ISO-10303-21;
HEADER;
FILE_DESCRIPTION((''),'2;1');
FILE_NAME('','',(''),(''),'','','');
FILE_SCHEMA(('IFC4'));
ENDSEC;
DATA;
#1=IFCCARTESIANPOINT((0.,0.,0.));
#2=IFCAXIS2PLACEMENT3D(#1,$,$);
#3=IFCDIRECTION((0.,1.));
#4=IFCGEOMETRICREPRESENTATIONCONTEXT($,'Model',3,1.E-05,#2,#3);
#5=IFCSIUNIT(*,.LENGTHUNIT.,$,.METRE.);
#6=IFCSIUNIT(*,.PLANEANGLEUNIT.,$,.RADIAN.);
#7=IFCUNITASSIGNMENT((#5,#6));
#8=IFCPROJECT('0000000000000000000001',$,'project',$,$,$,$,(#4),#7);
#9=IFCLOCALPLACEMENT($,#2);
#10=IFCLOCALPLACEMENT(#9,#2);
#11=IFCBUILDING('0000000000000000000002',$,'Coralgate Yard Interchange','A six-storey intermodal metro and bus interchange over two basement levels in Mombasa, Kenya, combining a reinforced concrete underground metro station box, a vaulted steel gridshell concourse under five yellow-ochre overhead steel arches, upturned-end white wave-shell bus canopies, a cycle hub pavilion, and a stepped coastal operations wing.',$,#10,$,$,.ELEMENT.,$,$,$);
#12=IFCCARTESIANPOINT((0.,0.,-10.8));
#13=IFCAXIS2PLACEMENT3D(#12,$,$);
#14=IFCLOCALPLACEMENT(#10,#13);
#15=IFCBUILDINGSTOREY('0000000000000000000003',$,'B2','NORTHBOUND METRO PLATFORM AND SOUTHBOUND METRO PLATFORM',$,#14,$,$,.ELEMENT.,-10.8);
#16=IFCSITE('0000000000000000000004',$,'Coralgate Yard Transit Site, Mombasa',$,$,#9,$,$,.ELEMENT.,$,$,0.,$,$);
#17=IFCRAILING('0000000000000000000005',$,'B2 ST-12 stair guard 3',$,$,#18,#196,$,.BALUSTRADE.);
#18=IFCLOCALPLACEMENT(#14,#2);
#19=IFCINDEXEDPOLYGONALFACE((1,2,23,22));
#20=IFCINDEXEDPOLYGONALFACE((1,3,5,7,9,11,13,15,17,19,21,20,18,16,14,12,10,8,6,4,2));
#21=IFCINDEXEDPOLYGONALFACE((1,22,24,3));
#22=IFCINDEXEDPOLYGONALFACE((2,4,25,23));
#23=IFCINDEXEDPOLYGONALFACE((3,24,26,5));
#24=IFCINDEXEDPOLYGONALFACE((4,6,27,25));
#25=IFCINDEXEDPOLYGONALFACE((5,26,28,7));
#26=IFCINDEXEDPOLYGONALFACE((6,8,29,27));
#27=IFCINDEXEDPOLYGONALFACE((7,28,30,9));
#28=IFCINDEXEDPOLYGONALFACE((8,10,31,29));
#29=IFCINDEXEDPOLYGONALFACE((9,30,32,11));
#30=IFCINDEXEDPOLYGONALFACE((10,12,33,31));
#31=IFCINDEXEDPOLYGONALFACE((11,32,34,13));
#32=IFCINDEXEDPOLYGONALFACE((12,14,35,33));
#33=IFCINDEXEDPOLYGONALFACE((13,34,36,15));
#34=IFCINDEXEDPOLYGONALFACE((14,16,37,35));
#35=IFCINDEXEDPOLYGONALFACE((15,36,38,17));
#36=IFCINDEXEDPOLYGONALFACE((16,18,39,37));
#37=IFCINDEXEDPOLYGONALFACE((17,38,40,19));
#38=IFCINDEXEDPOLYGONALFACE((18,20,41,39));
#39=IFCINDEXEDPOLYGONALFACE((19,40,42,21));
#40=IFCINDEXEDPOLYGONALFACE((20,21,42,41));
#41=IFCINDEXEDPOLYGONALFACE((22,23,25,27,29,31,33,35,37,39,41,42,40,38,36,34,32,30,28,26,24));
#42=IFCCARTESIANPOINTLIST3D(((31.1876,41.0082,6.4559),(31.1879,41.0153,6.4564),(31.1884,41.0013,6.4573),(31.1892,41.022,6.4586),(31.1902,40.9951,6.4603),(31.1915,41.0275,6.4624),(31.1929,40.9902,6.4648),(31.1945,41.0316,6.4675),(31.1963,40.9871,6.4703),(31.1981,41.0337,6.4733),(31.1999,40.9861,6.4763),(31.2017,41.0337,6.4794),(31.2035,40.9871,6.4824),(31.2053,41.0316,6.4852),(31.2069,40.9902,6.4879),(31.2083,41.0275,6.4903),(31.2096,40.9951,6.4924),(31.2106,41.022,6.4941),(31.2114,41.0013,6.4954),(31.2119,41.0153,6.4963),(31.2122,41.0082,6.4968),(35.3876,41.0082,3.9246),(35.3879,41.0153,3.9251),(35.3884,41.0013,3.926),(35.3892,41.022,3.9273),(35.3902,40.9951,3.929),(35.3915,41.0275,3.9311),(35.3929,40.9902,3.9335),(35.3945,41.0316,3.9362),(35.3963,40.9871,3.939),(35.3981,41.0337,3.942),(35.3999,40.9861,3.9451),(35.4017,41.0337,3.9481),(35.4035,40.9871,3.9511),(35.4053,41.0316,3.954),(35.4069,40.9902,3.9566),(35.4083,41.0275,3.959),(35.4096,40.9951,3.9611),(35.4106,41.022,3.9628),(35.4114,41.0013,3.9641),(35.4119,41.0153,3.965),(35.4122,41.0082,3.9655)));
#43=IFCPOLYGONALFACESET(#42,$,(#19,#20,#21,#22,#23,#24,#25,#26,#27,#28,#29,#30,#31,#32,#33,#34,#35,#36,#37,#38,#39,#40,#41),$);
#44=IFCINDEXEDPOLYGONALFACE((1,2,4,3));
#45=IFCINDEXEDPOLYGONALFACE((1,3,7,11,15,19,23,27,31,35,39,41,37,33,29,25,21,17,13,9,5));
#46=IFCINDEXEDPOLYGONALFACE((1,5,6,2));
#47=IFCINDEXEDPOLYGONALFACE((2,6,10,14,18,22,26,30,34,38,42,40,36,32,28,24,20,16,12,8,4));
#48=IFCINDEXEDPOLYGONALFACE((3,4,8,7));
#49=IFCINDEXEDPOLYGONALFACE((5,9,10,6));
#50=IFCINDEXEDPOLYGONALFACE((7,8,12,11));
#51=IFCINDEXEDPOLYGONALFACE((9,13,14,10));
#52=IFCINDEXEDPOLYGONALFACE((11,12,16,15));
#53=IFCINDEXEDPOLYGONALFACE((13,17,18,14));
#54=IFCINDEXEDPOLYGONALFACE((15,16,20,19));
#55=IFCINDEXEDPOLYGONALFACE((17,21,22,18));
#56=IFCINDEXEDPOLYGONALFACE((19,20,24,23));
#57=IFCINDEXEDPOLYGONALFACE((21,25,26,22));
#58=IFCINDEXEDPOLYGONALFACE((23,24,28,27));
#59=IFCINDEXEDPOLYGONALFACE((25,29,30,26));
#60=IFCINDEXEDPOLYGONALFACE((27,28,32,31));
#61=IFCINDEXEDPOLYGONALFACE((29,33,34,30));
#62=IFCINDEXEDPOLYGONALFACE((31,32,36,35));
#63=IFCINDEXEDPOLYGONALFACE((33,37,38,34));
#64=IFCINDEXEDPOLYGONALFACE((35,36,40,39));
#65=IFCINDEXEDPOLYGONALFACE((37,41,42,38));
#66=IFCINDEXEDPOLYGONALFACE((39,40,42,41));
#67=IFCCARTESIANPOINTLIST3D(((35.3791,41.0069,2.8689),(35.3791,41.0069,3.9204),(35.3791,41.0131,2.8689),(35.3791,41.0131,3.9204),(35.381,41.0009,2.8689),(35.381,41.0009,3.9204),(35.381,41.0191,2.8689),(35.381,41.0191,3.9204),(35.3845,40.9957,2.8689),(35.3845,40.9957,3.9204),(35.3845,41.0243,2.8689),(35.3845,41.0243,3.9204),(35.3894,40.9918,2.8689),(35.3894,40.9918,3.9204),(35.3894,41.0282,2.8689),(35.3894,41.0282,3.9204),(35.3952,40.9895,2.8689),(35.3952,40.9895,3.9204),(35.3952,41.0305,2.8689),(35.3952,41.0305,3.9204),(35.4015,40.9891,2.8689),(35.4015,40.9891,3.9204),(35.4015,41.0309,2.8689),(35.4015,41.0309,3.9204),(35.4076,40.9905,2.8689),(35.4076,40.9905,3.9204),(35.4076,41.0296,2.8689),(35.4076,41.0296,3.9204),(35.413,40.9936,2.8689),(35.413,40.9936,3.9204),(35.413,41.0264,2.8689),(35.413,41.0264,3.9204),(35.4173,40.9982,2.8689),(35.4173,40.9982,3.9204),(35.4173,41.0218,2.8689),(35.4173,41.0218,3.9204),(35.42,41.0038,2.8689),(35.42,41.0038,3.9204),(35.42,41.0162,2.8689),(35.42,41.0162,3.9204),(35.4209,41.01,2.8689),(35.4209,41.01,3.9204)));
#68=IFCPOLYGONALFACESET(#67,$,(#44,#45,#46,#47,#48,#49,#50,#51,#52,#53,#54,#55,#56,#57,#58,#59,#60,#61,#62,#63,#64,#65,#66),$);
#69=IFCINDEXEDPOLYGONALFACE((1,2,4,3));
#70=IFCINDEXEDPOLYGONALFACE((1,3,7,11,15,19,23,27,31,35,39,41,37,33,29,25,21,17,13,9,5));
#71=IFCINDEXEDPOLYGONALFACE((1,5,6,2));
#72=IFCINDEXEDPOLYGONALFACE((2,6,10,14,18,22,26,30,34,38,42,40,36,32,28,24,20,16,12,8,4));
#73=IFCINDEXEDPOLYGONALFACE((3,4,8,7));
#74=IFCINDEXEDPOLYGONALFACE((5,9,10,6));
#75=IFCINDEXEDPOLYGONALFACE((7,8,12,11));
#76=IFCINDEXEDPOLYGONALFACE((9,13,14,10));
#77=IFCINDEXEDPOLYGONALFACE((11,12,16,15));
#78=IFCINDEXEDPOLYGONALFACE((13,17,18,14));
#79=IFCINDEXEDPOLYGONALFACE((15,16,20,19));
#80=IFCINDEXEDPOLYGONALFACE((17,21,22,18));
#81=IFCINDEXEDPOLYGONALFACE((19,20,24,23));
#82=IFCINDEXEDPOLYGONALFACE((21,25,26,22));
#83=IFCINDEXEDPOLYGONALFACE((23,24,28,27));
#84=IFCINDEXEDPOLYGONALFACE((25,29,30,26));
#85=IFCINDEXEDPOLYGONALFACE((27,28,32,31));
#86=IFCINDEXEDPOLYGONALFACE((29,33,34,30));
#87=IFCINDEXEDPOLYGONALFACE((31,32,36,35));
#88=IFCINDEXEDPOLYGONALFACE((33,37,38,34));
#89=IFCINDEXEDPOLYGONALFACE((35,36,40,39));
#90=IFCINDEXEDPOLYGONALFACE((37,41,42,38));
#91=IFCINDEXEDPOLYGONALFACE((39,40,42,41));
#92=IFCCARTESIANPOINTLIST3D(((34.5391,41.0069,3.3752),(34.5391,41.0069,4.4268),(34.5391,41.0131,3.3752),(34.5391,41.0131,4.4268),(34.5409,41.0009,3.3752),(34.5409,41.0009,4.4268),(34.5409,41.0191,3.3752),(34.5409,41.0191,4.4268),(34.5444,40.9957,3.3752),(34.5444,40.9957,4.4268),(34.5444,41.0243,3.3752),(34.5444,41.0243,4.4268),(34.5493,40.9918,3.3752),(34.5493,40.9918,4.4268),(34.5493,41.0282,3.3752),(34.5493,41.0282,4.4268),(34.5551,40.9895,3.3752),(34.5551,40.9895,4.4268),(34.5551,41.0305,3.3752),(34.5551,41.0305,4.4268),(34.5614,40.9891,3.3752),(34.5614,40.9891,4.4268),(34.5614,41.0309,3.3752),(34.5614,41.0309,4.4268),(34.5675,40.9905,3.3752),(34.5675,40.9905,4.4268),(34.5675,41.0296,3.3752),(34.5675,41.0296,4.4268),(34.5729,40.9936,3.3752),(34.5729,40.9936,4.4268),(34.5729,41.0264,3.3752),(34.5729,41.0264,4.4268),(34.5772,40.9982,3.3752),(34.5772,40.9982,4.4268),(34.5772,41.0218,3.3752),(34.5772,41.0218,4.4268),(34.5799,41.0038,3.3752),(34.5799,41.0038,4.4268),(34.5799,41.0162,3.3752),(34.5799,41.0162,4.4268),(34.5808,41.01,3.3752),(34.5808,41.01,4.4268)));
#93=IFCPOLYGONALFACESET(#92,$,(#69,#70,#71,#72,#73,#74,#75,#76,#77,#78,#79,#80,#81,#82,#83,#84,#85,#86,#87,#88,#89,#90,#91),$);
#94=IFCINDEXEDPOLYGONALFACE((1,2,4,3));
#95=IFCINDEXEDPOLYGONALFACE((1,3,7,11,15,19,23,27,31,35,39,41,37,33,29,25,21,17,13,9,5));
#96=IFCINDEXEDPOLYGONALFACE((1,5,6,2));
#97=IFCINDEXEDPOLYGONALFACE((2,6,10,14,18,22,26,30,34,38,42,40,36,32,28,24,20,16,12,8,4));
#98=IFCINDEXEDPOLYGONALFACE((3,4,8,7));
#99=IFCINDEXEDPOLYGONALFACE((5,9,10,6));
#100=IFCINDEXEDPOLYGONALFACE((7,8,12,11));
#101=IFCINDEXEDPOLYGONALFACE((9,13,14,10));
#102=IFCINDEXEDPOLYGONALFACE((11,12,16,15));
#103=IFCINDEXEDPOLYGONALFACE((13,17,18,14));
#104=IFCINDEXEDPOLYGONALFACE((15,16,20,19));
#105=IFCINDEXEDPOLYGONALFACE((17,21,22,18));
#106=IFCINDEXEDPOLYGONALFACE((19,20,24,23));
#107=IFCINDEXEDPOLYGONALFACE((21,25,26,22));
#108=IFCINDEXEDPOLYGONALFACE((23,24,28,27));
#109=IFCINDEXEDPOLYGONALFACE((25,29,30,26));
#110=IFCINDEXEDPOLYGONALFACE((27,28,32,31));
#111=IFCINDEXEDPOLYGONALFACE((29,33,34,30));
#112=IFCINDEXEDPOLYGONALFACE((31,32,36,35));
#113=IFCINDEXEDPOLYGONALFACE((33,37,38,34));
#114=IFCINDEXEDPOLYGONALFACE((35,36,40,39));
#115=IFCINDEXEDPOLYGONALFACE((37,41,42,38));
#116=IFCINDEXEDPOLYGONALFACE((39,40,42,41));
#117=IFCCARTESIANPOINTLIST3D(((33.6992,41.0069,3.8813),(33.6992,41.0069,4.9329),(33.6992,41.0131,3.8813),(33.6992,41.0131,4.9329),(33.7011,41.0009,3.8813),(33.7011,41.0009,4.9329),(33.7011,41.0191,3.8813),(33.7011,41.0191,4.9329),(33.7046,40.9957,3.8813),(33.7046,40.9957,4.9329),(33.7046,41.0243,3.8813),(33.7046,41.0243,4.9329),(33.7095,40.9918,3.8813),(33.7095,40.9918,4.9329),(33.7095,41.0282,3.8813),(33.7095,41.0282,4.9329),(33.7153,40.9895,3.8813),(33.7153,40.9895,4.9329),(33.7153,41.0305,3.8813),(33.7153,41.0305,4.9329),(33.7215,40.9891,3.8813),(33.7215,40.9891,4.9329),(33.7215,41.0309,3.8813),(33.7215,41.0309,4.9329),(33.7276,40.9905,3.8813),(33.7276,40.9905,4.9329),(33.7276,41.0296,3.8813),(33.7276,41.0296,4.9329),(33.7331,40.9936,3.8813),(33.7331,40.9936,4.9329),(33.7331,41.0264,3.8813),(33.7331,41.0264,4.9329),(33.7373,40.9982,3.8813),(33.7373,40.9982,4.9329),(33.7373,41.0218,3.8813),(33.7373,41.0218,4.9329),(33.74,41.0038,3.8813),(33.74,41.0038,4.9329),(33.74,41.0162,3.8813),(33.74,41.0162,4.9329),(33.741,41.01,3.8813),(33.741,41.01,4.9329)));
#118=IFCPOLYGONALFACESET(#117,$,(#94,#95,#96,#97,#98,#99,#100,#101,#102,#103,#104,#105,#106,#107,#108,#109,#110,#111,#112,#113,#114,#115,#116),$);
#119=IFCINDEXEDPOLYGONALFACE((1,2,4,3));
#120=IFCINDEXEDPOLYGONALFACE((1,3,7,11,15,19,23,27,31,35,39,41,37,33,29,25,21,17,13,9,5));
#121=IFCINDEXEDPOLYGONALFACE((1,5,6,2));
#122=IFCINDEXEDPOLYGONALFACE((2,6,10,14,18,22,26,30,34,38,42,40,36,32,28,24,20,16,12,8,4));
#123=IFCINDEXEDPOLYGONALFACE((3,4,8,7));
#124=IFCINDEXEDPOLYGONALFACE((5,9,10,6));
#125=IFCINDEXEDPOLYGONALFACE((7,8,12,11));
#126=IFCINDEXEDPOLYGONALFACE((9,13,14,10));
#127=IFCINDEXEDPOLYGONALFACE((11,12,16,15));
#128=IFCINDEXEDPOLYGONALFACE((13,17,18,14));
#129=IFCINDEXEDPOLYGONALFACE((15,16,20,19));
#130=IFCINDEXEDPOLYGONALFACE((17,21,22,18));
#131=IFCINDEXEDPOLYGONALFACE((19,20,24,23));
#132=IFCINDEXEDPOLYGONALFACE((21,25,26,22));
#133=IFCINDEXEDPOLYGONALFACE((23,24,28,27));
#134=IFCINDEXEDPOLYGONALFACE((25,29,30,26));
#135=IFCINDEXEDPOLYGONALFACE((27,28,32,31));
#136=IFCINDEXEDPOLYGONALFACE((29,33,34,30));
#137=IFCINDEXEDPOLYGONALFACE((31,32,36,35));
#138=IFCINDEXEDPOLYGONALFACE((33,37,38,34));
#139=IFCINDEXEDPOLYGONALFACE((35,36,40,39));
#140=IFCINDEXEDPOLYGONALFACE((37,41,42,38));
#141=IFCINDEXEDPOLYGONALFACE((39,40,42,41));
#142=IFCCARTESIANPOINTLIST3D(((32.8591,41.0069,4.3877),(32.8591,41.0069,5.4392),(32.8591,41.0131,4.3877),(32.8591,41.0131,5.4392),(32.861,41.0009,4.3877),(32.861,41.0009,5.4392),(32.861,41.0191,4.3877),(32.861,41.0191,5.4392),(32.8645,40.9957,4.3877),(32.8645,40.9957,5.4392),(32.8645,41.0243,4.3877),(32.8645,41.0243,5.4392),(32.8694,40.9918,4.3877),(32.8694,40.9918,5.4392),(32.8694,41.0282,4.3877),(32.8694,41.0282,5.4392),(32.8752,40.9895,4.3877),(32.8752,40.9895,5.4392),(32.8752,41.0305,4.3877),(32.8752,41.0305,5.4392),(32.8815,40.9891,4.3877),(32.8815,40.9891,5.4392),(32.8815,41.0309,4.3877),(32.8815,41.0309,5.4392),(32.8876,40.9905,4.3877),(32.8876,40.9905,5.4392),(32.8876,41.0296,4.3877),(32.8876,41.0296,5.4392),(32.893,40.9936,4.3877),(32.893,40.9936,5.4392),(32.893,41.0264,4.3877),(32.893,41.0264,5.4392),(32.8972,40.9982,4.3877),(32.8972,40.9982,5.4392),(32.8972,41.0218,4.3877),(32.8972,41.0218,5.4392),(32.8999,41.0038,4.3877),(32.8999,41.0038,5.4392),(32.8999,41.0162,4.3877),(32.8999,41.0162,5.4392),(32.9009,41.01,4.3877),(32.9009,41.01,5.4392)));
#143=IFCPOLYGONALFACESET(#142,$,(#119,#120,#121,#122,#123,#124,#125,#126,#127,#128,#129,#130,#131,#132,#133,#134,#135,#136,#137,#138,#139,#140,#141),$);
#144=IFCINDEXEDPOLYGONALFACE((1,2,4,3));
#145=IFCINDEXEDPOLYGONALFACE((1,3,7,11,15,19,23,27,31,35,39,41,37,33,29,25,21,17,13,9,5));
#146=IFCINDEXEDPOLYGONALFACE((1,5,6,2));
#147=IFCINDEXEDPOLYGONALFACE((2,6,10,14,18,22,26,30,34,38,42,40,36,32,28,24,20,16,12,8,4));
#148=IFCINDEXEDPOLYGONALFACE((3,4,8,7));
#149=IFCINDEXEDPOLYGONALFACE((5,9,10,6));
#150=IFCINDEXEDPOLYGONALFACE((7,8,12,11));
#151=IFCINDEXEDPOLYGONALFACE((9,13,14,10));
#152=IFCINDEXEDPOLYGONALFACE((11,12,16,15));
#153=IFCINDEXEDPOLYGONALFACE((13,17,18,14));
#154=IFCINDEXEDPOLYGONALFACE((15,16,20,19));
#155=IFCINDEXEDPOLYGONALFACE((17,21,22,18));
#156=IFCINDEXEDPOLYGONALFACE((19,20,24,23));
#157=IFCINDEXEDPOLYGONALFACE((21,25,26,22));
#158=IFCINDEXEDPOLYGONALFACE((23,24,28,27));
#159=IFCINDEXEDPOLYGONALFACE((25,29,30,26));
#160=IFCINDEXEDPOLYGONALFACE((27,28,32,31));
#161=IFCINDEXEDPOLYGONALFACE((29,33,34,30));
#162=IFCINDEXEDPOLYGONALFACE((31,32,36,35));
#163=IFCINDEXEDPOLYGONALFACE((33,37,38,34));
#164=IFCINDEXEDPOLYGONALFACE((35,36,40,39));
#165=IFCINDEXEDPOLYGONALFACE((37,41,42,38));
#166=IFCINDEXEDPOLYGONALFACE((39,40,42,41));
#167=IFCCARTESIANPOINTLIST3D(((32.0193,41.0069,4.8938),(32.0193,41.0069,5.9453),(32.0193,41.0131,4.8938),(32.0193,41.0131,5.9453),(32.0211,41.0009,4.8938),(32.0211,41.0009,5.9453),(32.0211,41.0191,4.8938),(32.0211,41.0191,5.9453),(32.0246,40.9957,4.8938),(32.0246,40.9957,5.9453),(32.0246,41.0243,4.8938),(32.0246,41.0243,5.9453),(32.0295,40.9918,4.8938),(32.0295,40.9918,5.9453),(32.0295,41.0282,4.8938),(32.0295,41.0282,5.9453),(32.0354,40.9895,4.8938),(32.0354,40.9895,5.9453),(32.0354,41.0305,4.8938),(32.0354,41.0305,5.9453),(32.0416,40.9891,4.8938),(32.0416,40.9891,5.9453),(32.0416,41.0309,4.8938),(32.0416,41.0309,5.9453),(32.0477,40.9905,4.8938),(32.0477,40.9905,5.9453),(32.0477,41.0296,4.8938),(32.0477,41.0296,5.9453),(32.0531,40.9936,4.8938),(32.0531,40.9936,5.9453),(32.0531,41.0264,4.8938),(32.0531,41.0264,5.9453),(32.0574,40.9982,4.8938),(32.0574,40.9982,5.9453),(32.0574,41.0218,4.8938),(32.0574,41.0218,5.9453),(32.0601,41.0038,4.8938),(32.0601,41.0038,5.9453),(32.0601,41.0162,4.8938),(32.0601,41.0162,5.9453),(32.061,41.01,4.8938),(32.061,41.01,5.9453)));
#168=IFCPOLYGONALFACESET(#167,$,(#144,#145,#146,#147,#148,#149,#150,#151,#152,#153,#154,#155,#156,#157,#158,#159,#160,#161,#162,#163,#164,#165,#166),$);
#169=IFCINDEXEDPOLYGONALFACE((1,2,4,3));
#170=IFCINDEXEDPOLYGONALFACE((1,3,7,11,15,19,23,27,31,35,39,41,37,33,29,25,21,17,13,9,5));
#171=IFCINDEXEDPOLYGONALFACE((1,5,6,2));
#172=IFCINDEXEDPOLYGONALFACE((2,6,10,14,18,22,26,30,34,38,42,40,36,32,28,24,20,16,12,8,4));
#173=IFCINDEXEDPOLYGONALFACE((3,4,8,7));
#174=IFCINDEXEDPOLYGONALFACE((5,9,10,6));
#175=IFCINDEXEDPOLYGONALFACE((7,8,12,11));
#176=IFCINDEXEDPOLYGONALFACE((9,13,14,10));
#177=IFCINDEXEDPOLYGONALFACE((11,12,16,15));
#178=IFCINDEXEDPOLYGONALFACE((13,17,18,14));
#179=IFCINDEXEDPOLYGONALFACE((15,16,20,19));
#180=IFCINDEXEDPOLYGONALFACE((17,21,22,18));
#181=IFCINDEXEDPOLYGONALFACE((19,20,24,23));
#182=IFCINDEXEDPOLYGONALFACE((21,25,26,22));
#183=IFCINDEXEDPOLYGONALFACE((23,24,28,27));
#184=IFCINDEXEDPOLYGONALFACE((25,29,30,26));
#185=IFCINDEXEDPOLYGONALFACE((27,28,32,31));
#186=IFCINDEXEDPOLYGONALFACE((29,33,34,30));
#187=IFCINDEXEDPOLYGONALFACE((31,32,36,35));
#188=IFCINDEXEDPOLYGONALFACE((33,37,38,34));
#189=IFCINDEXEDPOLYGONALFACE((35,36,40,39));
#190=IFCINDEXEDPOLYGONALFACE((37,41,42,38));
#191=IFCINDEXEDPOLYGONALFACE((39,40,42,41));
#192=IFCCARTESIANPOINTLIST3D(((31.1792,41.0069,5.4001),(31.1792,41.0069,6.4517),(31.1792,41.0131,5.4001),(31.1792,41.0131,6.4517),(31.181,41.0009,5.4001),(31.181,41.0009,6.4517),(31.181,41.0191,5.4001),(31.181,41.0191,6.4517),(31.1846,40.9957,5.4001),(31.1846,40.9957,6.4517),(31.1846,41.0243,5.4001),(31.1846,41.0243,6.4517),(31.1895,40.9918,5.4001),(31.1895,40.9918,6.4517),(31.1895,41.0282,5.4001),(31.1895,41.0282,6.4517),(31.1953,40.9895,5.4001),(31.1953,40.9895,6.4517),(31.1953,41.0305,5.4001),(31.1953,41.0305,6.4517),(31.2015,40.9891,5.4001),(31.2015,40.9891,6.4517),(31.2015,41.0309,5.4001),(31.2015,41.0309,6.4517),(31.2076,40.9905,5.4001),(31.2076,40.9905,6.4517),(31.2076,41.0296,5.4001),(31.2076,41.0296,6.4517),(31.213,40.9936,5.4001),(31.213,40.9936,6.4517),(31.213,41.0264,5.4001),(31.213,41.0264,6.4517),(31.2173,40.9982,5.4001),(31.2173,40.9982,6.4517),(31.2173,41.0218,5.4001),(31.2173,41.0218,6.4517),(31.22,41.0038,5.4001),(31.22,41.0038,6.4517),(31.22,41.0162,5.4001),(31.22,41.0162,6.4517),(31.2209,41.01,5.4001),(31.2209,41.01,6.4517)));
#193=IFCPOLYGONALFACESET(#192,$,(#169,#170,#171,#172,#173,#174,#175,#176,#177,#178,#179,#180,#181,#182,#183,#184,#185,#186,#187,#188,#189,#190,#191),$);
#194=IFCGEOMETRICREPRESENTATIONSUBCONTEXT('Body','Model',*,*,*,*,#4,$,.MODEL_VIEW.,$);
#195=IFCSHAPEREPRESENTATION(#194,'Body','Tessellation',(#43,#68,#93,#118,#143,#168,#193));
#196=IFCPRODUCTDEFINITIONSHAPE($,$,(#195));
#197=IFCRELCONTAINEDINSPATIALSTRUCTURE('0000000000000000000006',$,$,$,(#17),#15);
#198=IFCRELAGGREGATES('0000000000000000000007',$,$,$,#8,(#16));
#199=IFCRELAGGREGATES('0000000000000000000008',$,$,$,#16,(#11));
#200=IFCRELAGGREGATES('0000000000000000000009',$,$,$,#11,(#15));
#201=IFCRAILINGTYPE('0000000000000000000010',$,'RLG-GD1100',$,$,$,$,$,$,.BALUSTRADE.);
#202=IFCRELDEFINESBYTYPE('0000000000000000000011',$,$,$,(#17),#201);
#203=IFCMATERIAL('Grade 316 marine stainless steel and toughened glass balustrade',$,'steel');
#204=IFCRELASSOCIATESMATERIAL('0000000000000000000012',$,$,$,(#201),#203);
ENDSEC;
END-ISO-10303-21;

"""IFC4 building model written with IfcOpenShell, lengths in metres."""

from ifc_helpers import new_model, si_unit, direction, frame, origin, origin_2d, place, context, subcontext, project, spatial, circle, extrude, material, type_object, element, save


model = new_model("IFC4")

# Units and contexts
model_context = context("Model", 3, precision=1e-05, world=origin(), true_north=direction((0.0, 1.0)))
body_context = subcontext(model_context, "Body", "Model", "MODEL_VIEW")
ifc_project = project(units=[si_unit("LENGTHUNIT", "METRE"), si_unit("PLANEANGLEUNIT", "RADIAN")], contexts=[model_context])

# Site, building, storey
site_placement = place(None, origin())
site = spatial("IfcSite", under=ifc_project, at=site_placement, Name="Coralgate Yard Transit Site, Mombasa", CompositionType="ELEMENT", RefElevation=0.0)
building_placement = place(site_placement, origin())
building = spatial("IfcBuilding", under=site, at=building_placement, Name="Coralgate Yard Interchange", Description="A six-storey intermodal metro and bus interchange over two basement levels in Mombasa, Kenya, combining a reinforced concrete underground metro station box, a vaulted steel gridshell concourse under five yellow-ochre overhead steel arches, upturned-end white wave-shell bus canopies, a cycle hub pavilion, and a stepped coastal operations wing.", CompositionType="ELEMENT")
storey_placement = place(building_placement, frame((0.0, 0.0, -10.8)))
storey = spatial("IfcBuildingStorey", under=building, at=storey_placement, Name="B2", Description="NORTHBOUND METRO PLATFORM AND SOUTHBOUND METRO PLATFORM", CompositionType="ELEMENT", Elevation=-10.8)

# Railing
ifc_material_1 = material(Name="Grade 316 marine stainless steel and toughened glass balustrade", Category="steel")
railing_type_1 = type_object("IfcRailingType", Name="RLG-GD1100", PredefinedType="BALUSTRADE", material=ifc_material_1)
railing_1_placement = place(storey_placement, frame((35.3999, 41.01, 2.8689)))
element("IfcRailing", 1, at=railing_1_placement, inside=storey, type_object=railing_type_1, Name="B2 ST-12 stair guard 3", PredefinedType="BALUSTRADE", context=body_context, shape_type="SweptSolid", body=[
    extrude(circle(Radius=0.0239, at=origin_2d()), frame((0.0, 0.0, 1.0762), z_axis=(-0.856476, 0.0, 0.516186), x_axis=(0.0, -1.0, 0.0)), (0.0, 0.0, 1.0), 4.9038),
    extrude(circle(Radius=0.021, at=origin_2d()), origin(), (0.0, 0.0, 1.0), 1.0515),
    extrude(circle(Radius=0.021, at=origin_2d()), frame((-0.8401, 0.0, 0.5063)), (0.0, 0.0, 1.0), 1.0515),
    extrude(circle(Radius=0.021, at=origin_2d()), frame((-1.6799, 0.0, 1.0125)), (0.0, 0.0, 1.0), 1.0515),
    extrude(circle(Radius=0.021, at=origin_2d()), frame((-2.52, 0.0, 1.5188)), (0.0, 0.0, 1.0), 1.0515),
    extrude(circle(Radius=0.021, at=origin_2d()), frame((-3.3599, 0.0, 2.0249)), (0.0, 0.0, 1.0), 1.0515),
    extrude(circle(Radius=0.021, at=origin_2d()), frame((-4.2, 0.0, 2.5312)), (0.0, 0.0, 1.0), 1.0515),
])

save(model, "model.ifc")
